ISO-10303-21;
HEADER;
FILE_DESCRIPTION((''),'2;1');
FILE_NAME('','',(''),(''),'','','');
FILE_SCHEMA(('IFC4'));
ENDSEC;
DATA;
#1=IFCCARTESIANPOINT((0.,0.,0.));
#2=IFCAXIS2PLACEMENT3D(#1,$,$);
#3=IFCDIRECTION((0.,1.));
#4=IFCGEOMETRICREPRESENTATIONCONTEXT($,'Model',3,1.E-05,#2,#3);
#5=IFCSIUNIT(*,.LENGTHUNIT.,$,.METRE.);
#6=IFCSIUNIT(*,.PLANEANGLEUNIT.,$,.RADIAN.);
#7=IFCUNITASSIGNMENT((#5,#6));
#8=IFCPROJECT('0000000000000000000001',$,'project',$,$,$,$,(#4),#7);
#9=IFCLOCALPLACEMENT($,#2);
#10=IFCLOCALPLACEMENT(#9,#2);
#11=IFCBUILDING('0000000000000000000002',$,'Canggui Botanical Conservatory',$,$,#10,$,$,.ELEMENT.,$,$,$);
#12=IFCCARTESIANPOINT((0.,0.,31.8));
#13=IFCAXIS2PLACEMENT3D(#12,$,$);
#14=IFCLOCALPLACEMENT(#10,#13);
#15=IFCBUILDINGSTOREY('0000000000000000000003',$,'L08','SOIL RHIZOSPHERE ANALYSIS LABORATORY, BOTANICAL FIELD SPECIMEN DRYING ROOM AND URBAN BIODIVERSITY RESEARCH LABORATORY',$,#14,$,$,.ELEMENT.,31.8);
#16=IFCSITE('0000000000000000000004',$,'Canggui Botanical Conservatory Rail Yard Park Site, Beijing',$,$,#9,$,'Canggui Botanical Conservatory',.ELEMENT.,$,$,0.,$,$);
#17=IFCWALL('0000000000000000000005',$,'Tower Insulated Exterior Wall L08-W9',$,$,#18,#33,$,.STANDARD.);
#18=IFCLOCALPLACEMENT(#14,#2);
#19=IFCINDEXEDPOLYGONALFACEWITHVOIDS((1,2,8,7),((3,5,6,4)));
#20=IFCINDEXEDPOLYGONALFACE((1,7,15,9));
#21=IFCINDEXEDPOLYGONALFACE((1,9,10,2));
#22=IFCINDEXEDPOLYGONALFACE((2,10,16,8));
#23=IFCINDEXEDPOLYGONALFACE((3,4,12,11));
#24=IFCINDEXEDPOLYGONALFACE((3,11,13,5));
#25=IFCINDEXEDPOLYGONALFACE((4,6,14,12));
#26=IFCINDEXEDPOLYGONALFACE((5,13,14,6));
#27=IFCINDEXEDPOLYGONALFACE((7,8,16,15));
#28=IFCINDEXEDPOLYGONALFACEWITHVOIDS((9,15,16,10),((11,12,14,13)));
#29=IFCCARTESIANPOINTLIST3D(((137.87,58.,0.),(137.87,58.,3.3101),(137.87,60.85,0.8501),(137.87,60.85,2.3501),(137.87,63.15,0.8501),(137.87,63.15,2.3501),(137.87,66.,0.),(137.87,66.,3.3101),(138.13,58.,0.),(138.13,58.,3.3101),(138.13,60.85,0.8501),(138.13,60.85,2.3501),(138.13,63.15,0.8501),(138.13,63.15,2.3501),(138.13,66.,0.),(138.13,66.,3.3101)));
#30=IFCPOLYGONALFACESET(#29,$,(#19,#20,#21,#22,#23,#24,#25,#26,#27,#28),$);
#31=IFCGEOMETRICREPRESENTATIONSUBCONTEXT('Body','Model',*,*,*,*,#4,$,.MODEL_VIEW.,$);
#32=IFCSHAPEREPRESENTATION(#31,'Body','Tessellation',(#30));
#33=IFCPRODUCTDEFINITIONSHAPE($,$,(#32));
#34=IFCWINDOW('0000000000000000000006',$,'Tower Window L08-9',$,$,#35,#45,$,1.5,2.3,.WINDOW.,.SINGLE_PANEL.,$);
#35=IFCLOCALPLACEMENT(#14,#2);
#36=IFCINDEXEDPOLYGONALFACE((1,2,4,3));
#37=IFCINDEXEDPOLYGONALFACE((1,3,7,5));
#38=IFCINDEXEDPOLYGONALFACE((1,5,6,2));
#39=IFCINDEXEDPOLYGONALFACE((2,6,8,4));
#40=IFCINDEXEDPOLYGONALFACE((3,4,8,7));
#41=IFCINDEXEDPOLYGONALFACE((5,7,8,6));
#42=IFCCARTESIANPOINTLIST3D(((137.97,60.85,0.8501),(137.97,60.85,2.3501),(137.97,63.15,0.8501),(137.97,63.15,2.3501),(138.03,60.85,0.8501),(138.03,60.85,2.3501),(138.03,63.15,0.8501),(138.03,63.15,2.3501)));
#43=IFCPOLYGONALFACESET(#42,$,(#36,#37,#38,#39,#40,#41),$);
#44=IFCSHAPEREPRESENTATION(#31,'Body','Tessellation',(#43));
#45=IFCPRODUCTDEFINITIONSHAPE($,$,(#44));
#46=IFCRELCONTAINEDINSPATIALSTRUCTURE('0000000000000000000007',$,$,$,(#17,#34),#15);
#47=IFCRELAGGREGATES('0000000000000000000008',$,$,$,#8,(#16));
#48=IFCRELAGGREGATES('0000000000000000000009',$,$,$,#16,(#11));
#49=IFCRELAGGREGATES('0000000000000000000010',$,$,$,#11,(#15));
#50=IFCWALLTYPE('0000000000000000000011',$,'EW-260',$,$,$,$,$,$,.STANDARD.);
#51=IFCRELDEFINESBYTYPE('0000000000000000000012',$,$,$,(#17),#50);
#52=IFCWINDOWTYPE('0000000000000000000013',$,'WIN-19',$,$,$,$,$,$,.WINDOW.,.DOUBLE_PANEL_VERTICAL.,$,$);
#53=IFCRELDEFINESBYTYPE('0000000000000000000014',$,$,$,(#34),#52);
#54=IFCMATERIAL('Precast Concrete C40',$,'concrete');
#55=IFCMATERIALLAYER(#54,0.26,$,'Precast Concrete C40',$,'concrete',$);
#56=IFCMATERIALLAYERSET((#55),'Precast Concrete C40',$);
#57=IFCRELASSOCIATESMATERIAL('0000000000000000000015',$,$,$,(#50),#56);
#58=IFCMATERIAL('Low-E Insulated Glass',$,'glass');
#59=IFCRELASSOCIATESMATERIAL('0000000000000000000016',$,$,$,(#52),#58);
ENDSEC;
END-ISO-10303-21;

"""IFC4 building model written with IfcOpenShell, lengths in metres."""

from ifc_helpers import new_model, si_unit, direction, frame, frame_2d, origin, place, context, subcontext, project, spatial, rectangle, extrude, material, layer, layer_set, type_object, element, fill, save


model = new_model("IFC4")

# Units and contexts
model_context = context("Model", 3, precision=1e-05, world=origin(), true_north=direction((0.0, 1.0)))
body_context = subcontext(model_context, "Body", "Model", "MODEL_VIEW")
ifc_project = project(units=[si_unit("LENGTHUNIT", "METRE"), si_unit("PLANEANGLEUNIT", "RADIAN")], contexts=[model_context])

# Site, building, storey
site_placement = place(None, origin())
site = spatial("IfcSite", under=ifc_project, at=site_placement, Name="Canggui Botanical Conservatory Rail Yard Park Site, Beijing", LongName="Canggui Botanical Conservatory", CompositionType="ELEMENT", RefElevation=0.0)
building_placement = place(site_placement, origin())
building = spatial("IfcBuilding", under=site, at=building_placement, Name="Canggui Botanical Conservatory", CompositionType="ELEMENT")
storey_placement = place(building_placement, frame((0.0, 0.0, 31.8)))
storey = spatial("IfcBuildingStorey", under=building, at=storey_placement, Name="L08", Description="SOIL RHIZOSPHERE ANALYSIS LABORATORY, BOTANICAL FIELD SPECIMEN DRYING ROOM AND URBAN BIODIVERSITY RESEARCH LABORATORY", CompositionType="ELEMENT", Elevation=31.8)

# Shared definitions
ifc_material_1 = material(Name="Low-E Insulated Glass", Category="glass")

# Wall, opening, window
ifc_material_2 = material(Name="Precast Concrete C40", Category="concrete")
ifc_layer_1 = layer(ifc_material_2, 0.26, Name="Precast Concrete C40", Category="concrete")
ifc_layer_set_1 = layer_set([ifc_layer_1], Name="Precast Concrete C40")
wall_type = type_object("IfcWallType", Name="EW-260", PredefinedType="STANDARD", material=ifc_layer_set_1)
wall_placement = place(storey_placement, frame((138.0, 58.0, 0.0), z_axis=(0.0, 0.0, 1.0), x_axis=(0.0, 1.0, 0.0)))
wall = element("IfcWall", 1, at=wall_placement, inside=storey, type_object=wall_type, Name="Tower Insulated Exterior Wall L08-W9", PredefinedType="STANDARD", context=body_context, shape_type="SweptSolid", body=[
    extrude(rectangle(XDim=8.0, YDim=0.26, at=frame_2d((4.0, 0.0))), origin(), (0.0, 0.0, 1.0), 3.3101),
])
opening_placement = place(wall_placement, frame((2.8501, 0.0, 0.8501)))
opening = element("IfcOpeningElement", 2, at=opening_placement, cuts=wall, PredefinedType="OPENING", context=body_context, shape_type="SweptSolid", body=[
    extrude(rectangle(XDim=2.3, YDim=1.5, at=frame_2d((1.1499, 0.75))), frame((0.0, 0.1401, 0.0), z_axis=(0.0, -1.0, 0.0), x_axis=(1.0, 0.0, 0.0)), (0.0, 0.0, 1.0), 0.28),
])
window_type = type_object("IfcWindowType", Name="WIN-19", PartitioningType="DOUBLE_PANEL_VERTICAL", PredefinedType="WINDOW", material=ifc_material_1)
window_placement = place(opening_placement, origin())
window = element("IfcWindow", 3, at=window_placement, inside=storey, type_object=window_type, Name="Tower Window L08-9", OverallHeight=1.5, OverallWidth=2.3, PartitioningType="SINGLE_PANEL", PredefinedType="WINDOW", context=body_context, shape_type="SweptSolid", body=[
    extrude(rectangle(XDim=2.3, YDim=1.5, at=frame_2d((1.1499, 0.75))), frame((0.0, 0.03, 0.0), z_axis=(0.0, -1.0, 0.0), x_axis=(1.0, 0.0, 0.0)), (0.0, 0.0, 1.0), 0.0601),
])
fill(opening, window)

save(model, "model.ifc")
